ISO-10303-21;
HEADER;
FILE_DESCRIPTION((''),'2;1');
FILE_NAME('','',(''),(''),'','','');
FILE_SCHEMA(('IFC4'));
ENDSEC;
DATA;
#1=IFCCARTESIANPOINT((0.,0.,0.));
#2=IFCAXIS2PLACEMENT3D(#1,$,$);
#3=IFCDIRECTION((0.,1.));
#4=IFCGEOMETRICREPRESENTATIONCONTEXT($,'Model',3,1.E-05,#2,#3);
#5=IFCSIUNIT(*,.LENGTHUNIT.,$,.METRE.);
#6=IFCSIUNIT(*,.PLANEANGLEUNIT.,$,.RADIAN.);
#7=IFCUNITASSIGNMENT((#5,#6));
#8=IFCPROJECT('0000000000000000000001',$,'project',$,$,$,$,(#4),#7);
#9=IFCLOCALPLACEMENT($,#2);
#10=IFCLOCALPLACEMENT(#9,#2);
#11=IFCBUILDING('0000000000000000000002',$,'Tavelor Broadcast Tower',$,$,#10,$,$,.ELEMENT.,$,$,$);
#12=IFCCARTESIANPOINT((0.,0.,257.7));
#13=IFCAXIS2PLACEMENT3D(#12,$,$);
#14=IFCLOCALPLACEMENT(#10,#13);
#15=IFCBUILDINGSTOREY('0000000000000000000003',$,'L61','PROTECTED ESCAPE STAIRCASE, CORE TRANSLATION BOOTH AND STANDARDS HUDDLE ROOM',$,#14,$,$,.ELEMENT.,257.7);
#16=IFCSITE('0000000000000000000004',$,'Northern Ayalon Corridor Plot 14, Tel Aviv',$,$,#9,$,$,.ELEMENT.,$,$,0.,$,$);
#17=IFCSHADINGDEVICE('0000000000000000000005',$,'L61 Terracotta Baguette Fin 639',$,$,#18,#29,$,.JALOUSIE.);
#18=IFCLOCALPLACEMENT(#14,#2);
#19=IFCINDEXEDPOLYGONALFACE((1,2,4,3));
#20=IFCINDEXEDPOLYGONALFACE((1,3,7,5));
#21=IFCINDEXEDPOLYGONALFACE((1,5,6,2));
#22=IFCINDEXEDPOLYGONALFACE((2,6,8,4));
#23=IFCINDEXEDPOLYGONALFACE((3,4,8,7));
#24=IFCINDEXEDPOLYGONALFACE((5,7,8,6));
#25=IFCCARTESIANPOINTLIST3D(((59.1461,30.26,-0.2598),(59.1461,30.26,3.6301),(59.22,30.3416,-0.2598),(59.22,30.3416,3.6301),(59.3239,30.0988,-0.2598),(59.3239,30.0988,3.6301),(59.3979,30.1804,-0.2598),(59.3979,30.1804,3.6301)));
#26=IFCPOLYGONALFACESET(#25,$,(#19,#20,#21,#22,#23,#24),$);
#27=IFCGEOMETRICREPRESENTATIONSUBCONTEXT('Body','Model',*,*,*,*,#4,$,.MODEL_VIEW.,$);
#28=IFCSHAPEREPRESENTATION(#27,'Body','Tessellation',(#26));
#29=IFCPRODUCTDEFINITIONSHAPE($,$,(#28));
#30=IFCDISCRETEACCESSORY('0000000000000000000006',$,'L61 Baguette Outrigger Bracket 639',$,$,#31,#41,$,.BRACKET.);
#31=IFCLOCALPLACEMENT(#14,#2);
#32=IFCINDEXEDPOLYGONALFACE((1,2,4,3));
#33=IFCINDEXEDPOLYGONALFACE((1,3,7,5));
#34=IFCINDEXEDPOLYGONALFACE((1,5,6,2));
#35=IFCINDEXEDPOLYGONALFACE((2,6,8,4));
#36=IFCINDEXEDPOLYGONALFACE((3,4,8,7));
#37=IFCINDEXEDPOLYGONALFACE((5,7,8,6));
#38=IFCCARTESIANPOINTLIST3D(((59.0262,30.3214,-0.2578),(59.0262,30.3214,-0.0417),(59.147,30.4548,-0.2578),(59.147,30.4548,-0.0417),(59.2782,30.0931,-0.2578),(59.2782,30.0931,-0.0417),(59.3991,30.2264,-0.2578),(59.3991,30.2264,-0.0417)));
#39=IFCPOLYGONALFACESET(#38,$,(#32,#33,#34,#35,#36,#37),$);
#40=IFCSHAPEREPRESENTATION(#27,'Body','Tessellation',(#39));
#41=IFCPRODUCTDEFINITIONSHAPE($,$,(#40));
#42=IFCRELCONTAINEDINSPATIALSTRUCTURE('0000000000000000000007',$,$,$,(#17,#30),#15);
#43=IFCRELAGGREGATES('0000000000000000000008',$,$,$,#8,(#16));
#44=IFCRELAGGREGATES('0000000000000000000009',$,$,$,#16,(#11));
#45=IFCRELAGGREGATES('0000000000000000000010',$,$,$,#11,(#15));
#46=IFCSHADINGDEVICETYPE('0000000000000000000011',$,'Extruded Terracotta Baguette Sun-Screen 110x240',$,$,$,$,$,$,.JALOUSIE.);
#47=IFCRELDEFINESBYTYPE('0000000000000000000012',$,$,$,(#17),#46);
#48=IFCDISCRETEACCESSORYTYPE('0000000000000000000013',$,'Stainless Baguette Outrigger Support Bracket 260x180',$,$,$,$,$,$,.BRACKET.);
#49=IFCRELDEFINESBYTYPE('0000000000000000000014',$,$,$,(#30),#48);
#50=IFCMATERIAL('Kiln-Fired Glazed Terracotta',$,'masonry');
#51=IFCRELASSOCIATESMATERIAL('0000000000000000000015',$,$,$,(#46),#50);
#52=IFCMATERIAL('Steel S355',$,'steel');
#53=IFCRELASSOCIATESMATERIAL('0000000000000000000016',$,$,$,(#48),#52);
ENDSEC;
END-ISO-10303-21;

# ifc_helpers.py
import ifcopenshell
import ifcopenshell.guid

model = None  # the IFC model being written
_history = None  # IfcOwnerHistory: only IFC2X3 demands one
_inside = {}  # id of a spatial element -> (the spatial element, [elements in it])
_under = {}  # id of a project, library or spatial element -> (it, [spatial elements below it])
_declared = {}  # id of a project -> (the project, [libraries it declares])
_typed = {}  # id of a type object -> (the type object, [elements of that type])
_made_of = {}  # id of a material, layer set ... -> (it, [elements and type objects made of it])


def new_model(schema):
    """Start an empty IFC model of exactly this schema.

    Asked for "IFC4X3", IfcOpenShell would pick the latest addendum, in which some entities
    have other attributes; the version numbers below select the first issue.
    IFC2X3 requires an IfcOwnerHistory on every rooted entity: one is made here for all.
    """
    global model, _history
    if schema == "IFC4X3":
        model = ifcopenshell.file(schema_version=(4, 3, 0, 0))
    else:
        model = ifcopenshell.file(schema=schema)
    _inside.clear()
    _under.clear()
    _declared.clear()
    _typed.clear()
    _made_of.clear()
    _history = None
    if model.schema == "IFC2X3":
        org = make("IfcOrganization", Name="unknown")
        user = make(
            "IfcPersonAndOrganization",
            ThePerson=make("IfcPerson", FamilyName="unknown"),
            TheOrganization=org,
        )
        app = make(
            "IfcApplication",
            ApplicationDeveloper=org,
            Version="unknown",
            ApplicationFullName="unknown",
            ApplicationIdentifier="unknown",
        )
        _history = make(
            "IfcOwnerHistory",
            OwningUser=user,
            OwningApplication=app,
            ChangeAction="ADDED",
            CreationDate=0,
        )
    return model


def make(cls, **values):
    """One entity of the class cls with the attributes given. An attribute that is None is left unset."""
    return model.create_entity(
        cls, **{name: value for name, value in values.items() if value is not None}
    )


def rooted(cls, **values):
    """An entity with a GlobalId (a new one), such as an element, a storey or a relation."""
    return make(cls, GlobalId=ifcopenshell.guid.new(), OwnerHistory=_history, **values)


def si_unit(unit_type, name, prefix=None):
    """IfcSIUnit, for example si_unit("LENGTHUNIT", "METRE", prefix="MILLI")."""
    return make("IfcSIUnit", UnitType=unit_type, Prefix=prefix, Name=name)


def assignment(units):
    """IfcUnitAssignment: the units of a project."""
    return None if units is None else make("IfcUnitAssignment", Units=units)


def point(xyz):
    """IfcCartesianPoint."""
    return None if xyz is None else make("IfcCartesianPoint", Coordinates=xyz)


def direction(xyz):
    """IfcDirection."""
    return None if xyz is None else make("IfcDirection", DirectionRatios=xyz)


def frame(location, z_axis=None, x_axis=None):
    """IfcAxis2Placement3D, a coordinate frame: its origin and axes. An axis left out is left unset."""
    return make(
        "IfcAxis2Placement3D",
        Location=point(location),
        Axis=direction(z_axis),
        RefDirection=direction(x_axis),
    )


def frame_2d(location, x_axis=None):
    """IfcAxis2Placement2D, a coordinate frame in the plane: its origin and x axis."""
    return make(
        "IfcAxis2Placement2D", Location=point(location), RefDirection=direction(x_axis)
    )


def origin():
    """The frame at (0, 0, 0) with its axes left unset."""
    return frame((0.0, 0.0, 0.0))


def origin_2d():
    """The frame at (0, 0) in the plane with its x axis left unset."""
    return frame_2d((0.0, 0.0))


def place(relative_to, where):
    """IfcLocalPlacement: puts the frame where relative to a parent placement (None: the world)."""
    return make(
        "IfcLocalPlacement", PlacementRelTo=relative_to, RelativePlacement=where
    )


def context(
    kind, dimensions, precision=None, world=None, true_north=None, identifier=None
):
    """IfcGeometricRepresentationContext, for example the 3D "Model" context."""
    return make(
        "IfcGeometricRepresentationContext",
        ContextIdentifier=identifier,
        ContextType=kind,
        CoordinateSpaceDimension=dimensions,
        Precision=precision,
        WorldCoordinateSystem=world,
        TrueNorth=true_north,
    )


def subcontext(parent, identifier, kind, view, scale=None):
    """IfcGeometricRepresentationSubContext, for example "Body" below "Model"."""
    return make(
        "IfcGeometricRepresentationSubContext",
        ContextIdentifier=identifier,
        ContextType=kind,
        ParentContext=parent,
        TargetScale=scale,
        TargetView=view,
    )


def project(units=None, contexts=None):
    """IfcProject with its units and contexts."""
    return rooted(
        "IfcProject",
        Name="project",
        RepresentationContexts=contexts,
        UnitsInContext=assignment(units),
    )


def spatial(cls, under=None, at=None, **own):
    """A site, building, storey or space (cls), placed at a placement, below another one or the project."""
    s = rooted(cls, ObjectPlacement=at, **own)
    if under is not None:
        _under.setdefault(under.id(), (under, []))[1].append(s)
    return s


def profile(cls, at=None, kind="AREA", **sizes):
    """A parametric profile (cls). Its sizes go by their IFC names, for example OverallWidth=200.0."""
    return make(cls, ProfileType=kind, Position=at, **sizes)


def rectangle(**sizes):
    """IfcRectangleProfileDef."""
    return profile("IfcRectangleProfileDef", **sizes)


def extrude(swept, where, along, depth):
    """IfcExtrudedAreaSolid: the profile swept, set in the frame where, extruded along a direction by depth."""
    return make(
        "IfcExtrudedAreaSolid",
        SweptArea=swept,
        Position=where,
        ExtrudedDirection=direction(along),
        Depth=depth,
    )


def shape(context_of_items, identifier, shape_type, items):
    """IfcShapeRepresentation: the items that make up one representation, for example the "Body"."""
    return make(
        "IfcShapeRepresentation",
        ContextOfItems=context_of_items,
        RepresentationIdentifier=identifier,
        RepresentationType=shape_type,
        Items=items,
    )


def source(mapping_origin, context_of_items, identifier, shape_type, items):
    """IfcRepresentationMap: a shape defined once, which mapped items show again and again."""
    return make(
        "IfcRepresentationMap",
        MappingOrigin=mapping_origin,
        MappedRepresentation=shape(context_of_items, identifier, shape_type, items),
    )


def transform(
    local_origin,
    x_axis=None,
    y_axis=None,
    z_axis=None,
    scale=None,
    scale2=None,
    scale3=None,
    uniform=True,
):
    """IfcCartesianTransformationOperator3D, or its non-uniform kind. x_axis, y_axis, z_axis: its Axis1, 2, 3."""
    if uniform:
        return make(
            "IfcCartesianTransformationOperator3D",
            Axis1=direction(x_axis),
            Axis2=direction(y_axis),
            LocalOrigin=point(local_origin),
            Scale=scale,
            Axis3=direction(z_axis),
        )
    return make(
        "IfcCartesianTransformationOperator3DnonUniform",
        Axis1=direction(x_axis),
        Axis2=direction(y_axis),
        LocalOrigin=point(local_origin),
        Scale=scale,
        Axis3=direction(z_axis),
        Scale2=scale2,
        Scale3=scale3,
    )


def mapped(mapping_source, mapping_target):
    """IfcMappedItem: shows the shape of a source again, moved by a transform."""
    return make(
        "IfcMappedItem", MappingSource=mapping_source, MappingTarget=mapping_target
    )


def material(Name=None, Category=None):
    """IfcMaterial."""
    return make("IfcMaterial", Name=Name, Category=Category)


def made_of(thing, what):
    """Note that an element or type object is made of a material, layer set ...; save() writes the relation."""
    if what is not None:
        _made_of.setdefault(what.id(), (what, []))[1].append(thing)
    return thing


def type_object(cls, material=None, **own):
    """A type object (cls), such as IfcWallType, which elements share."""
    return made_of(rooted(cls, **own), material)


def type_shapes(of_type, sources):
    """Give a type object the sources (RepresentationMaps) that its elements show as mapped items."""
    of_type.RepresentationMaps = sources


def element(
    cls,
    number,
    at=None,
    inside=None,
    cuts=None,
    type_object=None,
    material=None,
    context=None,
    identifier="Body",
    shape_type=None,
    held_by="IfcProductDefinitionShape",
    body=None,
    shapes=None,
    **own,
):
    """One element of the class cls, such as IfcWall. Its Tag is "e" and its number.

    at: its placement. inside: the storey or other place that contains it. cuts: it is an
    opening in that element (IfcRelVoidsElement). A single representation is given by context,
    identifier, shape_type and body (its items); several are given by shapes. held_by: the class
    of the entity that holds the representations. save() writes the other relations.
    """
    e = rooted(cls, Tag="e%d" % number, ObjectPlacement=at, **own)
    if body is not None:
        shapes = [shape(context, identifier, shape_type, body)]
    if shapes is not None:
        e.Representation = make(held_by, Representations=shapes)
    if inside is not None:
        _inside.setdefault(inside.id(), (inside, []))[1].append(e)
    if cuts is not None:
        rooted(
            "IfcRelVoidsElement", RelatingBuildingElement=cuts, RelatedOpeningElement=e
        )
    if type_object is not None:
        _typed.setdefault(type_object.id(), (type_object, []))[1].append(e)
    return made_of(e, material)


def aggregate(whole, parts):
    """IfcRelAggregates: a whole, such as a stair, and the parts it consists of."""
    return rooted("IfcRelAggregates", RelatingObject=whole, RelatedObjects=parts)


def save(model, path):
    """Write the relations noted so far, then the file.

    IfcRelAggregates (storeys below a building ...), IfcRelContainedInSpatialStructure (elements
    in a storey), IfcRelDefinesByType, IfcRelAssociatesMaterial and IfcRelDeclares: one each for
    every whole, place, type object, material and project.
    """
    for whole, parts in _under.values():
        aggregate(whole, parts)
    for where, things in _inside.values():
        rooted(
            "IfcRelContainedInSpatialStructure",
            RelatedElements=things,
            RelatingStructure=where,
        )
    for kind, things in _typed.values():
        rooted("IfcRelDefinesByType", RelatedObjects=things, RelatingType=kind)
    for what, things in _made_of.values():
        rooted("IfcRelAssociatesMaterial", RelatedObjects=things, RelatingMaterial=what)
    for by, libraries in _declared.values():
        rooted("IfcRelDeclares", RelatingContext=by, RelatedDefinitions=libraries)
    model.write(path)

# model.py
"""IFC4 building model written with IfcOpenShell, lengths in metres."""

from ifc_helpers import new_model, si_unit, direction, frame, origin, origin_2d, place, context, subcontext, project, spatial, rectangle, extrude, source, transform, mapped, material, type_object, type_shapes, element, save


model = new_model("IFC4")

# Units and contexts
model_context = context("Model", 3, precision=1e-05, world=origin(), true_north=direction((0.0, 1.0)))
body_context = subcontext(model_context, "Body", "Model", "MODEL_VIEW")
ifc_project = project(units=[si_unit("LENGTHUNIT", "METRE"), si_unit("PLANEANGLEUNIT", "RADIAN")], contexts=[model_context])

# Site, building, storey
site_placement = place(None, origin())
site = spatial("IfcSite", under=ifc_project, at=site_placement, Name="Northern Ayalon Corridor Plot 14, Tel Aviv", CompositionType="ELEMENT", RefElevation=0.0)
building_placement = place(site_placement, origin())
building = spatial("IfcBuilding", under=site, at=building_placement, Name="Tavelor Broadcast Tower", CompositionType="ELEMENT")
storey_placement = place(building_placement, frame((0.0, 0.0, 257.7)))
storey = spatial("IfcBuildingStorey", under=building, at=storey_placement, Name="L61", Description="PROTECTED ESCAPE STAIRCASE, CORE TRANSLATION BOOTH AND STANDARDS HUDDLE ROOM", CompositionType="ELEMENT", Elevation=257.7)

# Shared definitions
ifc_material_1 = material(Name="Steel S355", Category="steel")

# Shading device
ifc_material_2 = material(Name="Kiln-Fired Glazed Terracotta", Category="masonry")
shading_device_type = type_object("IfcShadingDeviceType", Name="Extruded Terracotta Baguette Sun-Screen 110x240", PredefinedType="JALOUSIE", material=ifc_material_2)
shared_shape_1 = source(origin(), body_context, "Body", "SweptSolid", [
    extrude(rectangle(XDim=0.1101, YDim=0.24, at=origin_2d()), origin(), (0.0, 0.0, 1.0), 3.8899),
])
type_shapes(shading_device_type, [shared_shape_1])
shading_device_placement = place(storey_placement, frame((59.272, 30.2202, -0.2598), z_axis=(0.0, 0.0, 1.0), x_axis=(0.671462, 0.741039, 0.0)))
element("IfcShadingDevice", 1, at=shading_device_placement, inside=storey, type_object=shading_device_type, Name="L61 Terracotta Baguette Fin 639", PredefinedType="JALOUSIE", context=body_context, shape_type="MappedRepresentation", body=[
    mapped(shared_shape_1, transform((0.0, 0.0, 0.0), scale=1.0)),
])

# Discrete accessory
discrete_accessory_type = type_object("IfcDiscreteAccessoryType", Name="Stainless Baguette Outrigger Support Bracket 260x180", PredefinedType="BRACKET", material=ifc_material_1)
shared_shape_2 = source(origin(), body_context, "Body", "SweptSolid", [
    extrude(rectangle(XDim=0.1799, YDim=0.3401, at=origin_2d()), origin(), (0.0, 0.0, 1.0), 0.2161),
])
type_shapes(discrete_accessory_type, [shared_shape_2])
discrete_accessory_placement = place(storey_placement, frame((59.2126, 30.2739, -0.2578), z_axis=(0.0, 0.0, 1.0), x_axis=(0.671462, 0.741039, 0.0)))
element("IfcDiscreteAccessory", 2, at=discrete_accessory_placement, inside=storey, type_object=discrete_accessory_type, Name="L61 Baguette Outrigger Bracket 639", PredefinedType="BRACKET", context=body_context, shape_type="MappedRepresentation", body=[
    mapped(shared_shape_2, transform((0.0, 0.0, 0.0), scale=1.0)),
])

save(model, "model.ifc")
